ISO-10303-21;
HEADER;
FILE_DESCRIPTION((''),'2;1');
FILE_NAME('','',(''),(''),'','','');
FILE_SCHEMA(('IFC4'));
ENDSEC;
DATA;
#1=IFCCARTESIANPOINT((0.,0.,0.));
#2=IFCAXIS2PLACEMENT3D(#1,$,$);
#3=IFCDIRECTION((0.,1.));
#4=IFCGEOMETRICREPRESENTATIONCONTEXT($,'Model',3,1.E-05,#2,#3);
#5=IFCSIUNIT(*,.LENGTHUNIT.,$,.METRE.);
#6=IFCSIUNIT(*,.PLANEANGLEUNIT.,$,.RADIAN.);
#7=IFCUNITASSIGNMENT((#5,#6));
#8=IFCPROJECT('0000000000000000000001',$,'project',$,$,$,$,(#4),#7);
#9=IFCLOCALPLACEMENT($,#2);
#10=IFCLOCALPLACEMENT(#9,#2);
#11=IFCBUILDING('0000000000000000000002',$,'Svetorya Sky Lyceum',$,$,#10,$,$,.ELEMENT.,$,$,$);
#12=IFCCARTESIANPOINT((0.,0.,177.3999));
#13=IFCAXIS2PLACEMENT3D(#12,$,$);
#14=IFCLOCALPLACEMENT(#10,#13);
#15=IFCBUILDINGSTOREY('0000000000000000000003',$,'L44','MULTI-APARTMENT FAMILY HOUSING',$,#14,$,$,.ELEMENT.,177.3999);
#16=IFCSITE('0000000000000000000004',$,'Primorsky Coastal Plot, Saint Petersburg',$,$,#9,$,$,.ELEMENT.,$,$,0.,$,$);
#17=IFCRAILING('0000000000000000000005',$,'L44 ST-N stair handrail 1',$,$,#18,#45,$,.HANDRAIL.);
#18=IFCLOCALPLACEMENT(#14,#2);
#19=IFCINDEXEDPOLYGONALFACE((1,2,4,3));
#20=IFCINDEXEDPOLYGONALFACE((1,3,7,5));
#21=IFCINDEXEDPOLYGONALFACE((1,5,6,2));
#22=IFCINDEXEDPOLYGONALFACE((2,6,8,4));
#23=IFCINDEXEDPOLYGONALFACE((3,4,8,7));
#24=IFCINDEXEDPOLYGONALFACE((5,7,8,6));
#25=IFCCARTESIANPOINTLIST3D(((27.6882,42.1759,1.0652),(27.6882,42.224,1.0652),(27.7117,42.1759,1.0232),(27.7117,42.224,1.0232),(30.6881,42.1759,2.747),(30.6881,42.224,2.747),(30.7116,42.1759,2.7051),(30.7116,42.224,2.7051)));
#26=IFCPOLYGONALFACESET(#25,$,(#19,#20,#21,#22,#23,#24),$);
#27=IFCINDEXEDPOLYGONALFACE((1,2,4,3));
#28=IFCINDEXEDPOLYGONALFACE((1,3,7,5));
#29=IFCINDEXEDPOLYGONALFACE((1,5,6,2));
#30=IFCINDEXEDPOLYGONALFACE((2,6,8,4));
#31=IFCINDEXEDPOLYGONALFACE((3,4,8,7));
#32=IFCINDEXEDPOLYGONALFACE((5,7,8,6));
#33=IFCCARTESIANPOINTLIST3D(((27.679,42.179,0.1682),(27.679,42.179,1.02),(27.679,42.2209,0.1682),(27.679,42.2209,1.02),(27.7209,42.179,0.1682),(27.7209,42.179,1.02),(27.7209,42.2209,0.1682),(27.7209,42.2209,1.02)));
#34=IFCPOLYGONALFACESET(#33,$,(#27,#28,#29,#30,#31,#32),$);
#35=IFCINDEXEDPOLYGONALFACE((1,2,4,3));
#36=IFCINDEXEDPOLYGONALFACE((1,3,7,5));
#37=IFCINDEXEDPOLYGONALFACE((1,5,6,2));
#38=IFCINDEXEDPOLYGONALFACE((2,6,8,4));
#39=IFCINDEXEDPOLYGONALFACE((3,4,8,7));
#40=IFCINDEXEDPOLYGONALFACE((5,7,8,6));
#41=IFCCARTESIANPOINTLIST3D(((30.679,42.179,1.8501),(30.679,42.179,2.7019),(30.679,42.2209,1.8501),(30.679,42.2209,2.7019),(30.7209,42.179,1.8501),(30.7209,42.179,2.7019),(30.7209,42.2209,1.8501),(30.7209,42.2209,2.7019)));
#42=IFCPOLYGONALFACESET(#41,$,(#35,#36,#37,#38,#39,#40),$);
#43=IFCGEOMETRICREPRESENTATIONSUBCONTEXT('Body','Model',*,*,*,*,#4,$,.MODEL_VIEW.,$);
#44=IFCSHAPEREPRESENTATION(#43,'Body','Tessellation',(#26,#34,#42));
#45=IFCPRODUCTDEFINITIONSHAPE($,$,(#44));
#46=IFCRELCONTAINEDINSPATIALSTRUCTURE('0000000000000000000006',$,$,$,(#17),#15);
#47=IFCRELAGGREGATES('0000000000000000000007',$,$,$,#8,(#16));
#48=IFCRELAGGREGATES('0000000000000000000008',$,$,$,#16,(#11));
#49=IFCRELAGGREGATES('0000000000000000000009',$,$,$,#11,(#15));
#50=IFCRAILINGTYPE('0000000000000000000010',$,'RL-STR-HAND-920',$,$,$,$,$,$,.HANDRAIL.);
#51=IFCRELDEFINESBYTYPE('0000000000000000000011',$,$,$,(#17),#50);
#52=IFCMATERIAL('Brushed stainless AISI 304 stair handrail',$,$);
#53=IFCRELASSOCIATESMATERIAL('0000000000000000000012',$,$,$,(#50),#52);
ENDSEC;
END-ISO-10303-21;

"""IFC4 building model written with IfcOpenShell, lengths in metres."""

from ifc_helpers import new_model, si_unit, direction, frame, origin, origin_2d, place, context, subcontext, project, spatial, rectangle, extrude, material, type_object, element, save


model = new_model("IFC4")

# Units and contexts
model_context = context("Model", 3, precision=1e-05, world=origin(), true_north=direction((0.0, 1.0)))
body_context = subcontext(model_context, "Body", "Model", "MODEL_VIEW")
ifc_project = project(units=[si_unit("LENGTHUNIT", "METRE"), si_unit("PLANEANGLEUNIT", "RADIAN")], contexts=[model_context])

# Site, building, storey
site_placement = place(None, origin())
site = spatial("IfcSite", under=ifc_project, at=site_placement, Name="Primorsky Coastal Plot, Saint Petersburg", CompositionType="ELEMENT", RefElevation=0.0)
building_placement = place(site_placement, origin())
building = spatial("IfcBuilding", under=site, at=building_placement, Name="Svetorya Sky Lyceum", CompositionType="ELEMENT")
storey_placement = place(building_placement, frame((0.0, 0.0, 177.3999)))
storey = spatial("IfcBuildingStorey", under=building, at=storey_placement, Name="L44", Description="MULTI-APARTMENT FAMILY HOUSING", CompositionType="ELEMENT", Elevation=177.3999)

# Railing
ifc_material_1 = material(Name="Brushed stainless AISI 304 stair handrail")
railing_type_1 = type_object("IfcRailingType", Name="RL-STR-HAND-920", PredefinedType="HANDRAIL", material=ifc_material_1)
railing_1_placement = place(storey_placement, frame((27.7, 42.2, 0.1682)))
element("IfcRailing", 1, at=railing_1_placement, inside=storey, type_object=railing_type_1, Name="L44 ST-N stair handrail 1", PredefinedType="HANDRAIL", context=body_context, shape_type="SweptSolid", body=[
    extrude(rectangle(XDim=0.0481, YDim=0.0481, at=origin_2d()), frame((0.0, 0.0, 0.876), z_axis=(0.872272, 0.0, 0.48902), x_axis=(0.0, 1.0, 0.0)), (0.0, 0.0, 1.0), 3.4392),
    extrude(rectangle(XDim=0.042, YDim=0.042, at=origin_2d()), origin(), (0.0, 0.0, 1.0), 0.8518),
    extrude(rectangle(XDim=0.042, YDim=0.042, at=origin_2d()), frame((3.0, 0.0, 1.6819)), (0.0, 0.0, 1.0), 0.8518),
])

save(model, "model.ifc")
